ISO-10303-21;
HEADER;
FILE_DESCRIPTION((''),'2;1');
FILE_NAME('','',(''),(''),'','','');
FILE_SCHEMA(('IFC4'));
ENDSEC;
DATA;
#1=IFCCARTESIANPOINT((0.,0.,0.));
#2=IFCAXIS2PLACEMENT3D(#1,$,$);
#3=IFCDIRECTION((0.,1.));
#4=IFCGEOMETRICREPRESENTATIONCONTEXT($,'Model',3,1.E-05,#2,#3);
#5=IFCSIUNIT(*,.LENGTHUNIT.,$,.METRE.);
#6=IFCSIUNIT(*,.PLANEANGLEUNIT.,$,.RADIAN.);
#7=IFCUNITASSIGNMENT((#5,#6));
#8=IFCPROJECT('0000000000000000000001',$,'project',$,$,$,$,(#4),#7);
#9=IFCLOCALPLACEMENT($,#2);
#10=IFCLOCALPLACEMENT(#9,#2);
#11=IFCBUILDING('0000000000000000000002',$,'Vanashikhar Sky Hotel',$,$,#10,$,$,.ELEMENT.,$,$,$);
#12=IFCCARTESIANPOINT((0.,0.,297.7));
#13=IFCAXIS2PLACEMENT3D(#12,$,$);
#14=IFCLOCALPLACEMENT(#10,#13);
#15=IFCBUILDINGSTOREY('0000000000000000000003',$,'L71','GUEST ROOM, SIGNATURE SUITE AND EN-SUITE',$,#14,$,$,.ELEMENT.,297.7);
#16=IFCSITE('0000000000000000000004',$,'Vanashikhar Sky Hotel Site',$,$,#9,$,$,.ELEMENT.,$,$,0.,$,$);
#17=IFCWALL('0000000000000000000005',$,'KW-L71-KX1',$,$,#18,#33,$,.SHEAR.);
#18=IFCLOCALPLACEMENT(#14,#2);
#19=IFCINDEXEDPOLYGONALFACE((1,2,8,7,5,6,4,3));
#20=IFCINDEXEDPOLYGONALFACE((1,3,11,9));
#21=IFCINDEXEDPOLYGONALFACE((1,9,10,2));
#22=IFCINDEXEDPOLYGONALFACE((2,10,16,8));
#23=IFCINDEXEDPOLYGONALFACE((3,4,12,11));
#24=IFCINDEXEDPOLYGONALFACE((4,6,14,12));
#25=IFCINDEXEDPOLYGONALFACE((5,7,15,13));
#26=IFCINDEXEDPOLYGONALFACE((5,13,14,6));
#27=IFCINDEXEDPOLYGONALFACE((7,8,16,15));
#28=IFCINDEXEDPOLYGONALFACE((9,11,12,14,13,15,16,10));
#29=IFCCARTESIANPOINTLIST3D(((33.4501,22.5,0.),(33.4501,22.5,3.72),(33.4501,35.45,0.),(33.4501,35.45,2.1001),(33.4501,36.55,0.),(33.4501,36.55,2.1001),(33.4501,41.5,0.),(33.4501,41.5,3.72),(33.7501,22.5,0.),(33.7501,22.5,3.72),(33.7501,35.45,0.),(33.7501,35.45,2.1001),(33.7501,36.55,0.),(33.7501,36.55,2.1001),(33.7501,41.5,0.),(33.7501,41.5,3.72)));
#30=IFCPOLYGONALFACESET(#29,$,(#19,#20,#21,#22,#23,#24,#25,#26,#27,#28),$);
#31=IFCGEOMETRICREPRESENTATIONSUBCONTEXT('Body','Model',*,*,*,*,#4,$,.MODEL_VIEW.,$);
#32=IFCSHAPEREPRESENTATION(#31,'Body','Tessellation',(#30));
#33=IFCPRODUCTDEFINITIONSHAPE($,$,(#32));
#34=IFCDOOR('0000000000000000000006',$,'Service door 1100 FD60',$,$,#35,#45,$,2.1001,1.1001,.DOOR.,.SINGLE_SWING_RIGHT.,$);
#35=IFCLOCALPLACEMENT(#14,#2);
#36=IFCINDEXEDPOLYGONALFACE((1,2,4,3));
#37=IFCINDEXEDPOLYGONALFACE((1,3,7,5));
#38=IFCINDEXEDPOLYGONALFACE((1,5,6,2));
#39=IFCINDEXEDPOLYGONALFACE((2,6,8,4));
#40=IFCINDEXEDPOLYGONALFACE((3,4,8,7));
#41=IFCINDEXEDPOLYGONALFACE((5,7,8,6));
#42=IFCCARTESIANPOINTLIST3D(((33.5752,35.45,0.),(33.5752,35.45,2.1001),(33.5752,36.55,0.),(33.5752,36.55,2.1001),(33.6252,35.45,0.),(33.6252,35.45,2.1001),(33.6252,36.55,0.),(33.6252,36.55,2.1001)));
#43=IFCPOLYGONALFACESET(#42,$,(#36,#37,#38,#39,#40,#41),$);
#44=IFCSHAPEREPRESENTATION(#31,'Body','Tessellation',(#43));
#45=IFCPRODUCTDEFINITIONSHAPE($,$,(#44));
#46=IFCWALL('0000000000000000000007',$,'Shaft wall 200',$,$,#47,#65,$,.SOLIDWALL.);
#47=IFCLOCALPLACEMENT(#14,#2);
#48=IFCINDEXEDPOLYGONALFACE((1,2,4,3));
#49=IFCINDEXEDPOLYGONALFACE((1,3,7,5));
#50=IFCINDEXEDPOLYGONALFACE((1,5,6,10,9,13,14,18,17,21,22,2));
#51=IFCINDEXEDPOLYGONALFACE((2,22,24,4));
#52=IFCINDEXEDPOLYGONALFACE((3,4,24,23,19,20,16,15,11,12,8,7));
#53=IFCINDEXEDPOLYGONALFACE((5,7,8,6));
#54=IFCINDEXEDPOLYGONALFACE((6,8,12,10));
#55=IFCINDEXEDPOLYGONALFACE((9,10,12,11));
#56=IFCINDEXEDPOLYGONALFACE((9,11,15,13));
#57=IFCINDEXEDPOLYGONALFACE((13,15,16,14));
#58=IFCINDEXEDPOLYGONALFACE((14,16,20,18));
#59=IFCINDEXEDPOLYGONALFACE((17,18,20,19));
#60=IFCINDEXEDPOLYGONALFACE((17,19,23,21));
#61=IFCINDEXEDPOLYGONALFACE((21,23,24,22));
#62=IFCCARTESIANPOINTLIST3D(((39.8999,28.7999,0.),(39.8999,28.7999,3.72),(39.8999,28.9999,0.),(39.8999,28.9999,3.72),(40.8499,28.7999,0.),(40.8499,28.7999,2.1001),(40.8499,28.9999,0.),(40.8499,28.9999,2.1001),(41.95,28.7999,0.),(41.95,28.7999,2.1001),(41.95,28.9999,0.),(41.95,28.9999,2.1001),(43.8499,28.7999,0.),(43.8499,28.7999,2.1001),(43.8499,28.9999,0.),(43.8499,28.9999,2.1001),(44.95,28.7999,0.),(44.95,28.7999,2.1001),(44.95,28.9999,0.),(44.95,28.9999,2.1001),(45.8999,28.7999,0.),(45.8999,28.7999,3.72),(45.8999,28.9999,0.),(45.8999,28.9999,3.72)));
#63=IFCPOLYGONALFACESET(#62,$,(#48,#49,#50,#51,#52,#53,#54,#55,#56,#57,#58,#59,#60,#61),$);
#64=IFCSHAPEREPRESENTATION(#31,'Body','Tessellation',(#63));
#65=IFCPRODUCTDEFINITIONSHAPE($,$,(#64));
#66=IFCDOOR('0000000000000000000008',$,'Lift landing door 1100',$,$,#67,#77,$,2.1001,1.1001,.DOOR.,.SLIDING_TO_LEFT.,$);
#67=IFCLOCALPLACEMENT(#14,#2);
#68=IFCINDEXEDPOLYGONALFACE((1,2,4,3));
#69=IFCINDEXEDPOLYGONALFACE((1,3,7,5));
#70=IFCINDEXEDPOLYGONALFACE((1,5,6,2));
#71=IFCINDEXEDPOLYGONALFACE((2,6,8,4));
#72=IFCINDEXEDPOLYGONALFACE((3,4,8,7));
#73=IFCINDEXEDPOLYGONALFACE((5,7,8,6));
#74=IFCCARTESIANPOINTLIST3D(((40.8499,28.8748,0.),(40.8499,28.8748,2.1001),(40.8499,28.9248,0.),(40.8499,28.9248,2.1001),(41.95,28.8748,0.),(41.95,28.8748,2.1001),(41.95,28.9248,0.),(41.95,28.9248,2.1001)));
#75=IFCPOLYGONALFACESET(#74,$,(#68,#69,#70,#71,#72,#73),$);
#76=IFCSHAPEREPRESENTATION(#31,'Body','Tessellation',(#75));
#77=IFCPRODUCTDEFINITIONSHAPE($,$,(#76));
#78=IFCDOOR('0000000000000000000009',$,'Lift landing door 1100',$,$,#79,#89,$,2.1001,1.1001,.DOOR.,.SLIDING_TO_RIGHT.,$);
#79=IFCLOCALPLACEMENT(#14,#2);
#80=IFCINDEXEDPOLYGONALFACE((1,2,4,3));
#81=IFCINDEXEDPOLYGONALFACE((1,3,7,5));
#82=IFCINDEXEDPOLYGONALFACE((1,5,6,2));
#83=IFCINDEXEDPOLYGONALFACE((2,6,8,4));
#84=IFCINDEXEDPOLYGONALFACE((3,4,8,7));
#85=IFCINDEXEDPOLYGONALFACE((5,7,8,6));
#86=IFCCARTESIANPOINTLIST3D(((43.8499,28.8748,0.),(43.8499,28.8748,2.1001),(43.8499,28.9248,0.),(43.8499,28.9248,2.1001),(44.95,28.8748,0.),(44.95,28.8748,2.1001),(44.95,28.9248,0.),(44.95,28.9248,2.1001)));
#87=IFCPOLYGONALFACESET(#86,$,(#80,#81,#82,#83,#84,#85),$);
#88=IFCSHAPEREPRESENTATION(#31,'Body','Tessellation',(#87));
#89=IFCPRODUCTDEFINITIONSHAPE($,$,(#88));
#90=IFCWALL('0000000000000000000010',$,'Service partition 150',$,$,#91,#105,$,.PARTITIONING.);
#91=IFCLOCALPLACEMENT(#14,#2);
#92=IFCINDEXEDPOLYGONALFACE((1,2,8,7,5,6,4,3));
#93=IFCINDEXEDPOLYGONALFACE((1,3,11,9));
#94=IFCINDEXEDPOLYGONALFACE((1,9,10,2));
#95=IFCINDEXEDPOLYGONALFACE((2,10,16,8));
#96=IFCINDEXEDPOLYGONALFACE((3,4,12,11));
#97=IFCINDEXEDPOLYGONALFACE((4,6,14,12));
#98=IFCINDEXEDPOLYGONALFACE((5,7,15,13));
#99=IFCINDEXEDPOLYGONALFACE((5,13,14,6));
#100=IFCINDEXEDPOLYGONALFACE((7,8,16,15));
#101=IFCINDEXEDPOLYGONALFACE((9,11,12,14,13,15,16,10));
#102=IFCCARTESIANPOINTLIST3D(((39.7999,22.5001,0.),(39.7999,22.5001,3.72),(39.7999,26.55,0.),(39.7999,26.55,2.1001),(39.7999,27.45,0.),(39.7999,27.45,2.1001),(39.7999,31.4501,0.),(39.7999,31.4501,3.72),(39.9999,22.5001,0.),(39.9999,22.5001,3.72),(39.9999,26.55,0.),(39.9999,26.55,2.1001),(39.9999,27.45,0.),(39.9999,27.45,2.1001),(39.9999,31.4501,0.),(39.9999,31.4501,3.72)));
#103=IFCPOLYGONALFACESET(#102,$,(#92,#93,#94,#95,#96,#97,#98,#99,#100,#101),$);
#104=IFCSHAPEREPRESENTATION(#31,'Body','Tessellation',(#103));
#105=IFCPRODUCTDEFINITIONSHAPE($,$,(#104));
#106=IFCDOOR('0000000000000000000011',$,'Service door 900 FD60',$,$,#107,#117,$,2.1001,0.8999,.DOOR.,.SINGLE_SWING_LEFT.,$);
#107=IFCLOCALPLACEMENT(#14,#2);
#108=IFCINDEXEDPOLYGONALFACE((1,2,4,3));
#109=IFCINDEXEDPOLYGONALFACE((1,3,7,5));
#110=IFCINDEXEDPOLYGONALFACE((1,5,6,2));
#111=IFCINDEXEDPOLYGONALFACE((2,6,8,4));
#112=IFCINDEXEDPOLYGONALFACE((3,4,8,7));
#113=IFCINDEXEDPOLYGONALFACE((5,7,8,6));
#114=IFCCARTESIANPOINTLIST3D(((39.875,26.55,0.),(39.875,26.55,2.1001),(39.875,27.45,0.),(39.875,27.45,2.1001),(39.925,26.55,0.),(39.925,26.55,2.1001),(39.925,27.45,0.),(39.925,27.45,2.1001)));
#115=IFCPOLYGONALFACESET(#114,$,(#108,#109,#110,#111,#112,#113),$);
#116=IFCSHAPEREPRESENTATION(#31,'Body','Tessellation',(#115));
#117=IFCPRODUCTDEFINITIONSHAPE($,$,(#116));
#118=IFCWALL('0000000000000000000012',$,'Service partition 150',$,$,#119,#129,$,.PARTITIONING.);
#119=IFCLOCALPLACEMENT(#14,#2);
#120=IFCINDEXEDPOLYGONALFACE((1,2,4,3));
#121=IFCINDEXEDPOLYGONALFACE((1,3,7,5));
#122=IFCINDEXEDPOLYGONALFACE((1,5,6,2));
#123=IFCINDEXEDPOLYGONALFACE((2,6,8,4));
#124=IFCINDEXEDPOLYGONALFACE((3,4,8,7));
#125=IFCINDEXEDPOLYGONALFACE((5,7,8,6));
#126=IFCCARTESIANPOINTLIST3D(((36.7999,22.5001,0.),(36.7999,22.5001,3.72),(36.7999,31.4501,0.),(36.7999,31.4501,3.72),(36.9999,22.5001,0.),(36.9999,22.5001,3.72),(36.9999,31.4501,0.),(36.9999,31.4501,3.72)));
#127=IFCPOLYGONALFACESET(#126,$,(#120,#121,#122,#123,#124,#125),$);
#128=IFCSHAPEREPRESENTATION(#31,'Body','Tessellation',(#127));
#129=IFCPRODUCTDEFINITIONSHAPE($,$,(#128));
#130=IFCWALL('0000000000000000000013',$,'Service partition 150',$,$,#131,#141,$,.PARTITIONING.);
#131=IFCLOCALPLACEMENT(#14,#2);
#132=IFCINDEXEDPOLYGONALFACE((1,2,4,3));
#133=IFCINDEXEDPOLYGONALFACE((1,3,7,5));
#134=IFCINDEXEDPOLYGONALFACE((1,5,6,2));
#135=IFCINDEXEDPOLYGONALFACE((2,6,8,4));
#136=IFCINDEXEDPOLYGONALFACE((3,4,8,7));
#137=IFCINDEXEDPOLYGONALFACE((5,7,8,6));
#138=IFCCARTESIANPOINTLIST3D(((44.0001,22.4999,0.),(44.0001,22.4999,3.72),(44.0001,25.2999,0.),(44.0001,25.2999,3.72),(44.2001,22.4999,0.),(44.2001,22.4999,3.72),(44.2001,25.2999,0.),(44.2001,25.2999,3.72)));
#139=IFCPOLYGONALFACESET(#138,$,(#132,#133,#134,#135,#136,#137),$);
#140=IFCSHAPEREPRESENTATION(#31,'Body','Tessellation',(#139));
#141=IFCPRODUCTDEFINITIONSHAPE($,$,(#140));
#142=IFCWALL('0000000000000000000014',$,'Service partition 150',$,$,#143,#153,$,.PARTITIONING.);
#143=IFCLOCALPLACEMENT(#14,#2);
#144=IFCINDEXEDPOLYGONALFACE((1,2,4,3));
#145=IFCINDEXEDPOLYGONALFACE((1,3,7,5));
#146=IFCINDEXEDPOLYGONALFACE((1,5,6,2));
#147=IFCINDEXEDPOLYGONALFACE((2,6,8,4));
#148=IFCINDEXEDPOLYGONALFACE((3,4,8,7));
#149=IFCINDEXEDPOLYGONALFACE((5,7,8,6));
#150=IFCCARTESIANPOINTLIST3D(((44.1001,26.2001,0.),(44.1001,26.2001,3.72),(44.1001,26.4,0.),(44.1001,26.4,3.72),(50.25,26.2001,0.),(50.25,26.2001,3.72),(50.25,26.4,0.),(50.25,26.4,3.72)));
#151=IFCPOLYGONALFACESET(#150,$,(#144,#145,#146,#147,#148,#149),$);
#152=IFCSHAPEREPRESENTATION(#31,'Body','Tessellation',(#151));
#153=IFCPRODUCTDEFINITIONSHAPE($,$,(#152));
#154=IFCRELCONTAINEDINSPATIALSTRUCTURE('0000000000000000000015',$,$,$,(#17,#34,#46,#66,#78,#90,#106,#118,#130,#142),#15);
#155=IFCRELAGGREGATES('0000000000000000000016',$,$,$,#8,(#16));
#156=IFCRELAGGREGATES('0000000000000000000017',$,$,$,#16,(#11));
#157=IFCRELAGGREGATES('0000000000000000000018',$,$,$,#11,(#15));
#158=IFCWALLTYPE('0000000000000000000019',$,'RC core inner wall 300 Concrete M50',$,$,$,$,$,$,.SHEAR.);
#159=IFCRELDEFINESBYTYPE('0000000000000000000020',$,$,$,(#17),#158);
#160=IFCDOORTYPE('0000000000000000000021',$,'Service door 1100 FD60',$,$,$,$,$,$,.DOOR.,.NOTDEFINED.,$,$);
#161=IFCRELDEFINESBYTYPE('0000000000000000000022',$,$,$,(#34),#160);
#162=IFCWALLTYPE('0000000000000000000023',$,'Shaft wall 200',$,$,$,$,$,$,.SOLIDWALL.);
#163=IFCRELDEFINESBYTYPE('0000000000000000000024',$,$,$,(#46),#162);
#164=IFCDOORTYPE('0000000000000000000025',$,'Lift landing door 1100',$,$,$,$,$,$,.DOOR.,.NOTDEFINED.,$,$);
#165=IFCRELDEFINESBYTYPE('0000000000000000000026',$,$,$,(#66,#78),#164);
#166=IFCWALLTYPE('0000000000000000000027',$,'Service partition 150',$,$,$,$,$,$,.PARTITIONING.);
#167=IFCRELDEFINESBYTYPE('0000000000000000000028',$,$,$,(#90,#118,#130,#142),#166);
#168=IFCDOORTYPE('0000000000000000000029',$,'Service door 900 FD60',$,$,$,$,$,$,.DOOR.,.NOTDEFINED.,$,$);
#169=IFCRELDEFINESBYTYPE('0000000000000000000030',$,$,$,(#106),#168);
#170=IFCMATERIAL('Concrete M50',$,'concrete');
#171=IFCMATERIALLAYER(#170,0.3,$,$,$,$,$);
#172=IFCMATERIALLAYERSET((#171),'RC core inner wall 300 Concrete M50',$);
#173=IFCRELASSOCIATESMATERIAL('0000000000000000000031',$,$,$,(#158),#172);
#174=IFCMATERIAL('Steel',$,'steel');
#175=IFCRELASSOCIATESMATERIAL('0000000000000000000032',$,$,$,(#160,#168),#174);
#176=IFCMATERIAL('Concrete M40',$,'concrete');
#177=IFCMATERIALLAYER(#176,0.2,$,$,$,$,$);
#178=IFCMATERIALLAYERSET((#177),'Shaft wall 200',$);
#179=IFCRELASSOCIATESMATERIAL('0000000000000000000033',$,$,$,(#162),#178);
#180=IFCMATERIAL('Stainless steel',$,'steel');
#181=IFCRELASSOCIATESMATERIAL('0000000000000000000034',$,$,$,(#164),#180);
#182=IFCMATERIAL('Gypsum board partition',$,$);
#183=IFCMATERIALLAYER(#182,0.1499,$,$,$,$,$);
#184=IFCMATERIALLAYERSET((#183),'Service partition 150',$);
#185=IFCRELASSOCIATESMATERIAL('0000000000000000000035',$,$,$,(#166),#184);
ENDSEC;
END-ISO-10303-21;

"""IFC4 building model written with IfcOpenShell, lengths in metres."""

from ifc_helpers import new_model, si_unit, direction, frame, frame_2d, origin, place, context, subcontext, project, spatial, rectangle, extrude, source, transform, mapped, material, layer, layer_set, type_object, element, fill, save


model = new_model("IFC4")

# Units and contexts
model_context = context("Model", 3, precision=1e-05, world=origin(), true_north=direction((0.0, 1.0)))
body_context = subcontext(model_context, "Body", "Model", "MODEL_VIEW")
ifc_project = project(units=[si_unit("LENGTHUNIT", "METRE"), si_unit("PLANEANGLEUNIT", "RADIAN")], contexts=[model_context])

# Site, building, storey
site_placement = place(None, origin())
site = spatial("IfcSite", under=ifc_project, at=site_placement, Name="Vanashikhar Sky Hotel Site", CompositionType="ELEMENT", RefElevation=0.0)
building_placement = place(site_placement, origin())
building = spatial("IfcBuilding", under=site, at=building_placement, Name="Vanashikhar Sky Hotel", CompositionType="ELEMENT")
storey_placement = place(building_placement, frame((0.0, 0.0, 297.7)))
storey = spatial("IfcBuildingStorey", under=building, at=storey_placement, Name="L71", Description="GUEST ROOM, SIGNATURE SUITE AND EN-SUITE", CompositionType="ELEMENT", Elevation=297.7)

# Wall, opening, door
ifc_material_1 = material(Name="Concrete M50", Category="concrete")
ifc_layer_1 = layer(ifc_material_1, 0.3)
ifc_layer_set_1 = layer_set([ifc_layer_1], Name="RC core inner wall 300 Concrete M50")
wall_type_1 = type_object("IfcWallType", Name="RC core inner wall 300 Concrete M50", PredefinedType="SHEAR", material=ifc_layer_set_1)
shared_shape_1 = source(origin(), body_context, "Body", "SweptSolid", [
    extrude(rectangle(XDim=19.0, YDim=0.3, at=frame_2d((9.5, 0.0))), origin(), (0.0, 0.0, 1.0), 3.72),
])
wall_1_placement = place(storey_placement, frame((33.6001, 22.5, 0.0), z_axis=(0.0, 0.0, 1.0), x_axis=(0.0, 1.0, 0.0)))
wall_1 = element("IfcWall", 1, at=wall_1_placement, inside=storey, type_object=wall_type_1, Name="KW-L71-KX1", PredefinedType="SHEAR", context=body_context, shape_type="MappedRepresentation", body=[
    mapped(shared_shape_1, transform((0.0, 0.0, 0.0), scale=1.0)),
])
shared_shape_2 = source(origin(), body_context, "Body", "SweptSolid", [
    extrude(rectangle(XDim=1.1001, YDim=2.1001, at=frame_2d((0.55, 1.05))), frame((0.0, 0.1602, 0.0), z_axis=(0.0, -1.0, 0.0), x_axis=(1.0, 0.0, 0.0)), (0.0, 0.0, 1.0), 0.3201),
])
opening_1_placement = place(wall_1_placement, frame((12.95, 0.0, 0.0)))
opening_1 = element("IfcOpeningElement", 2, at=opening_1_placement, cuts=wall_1, PredefinedType="OPENING", context=body_context, shape_type="MappedRepresentation", body=[
    mapped(shared_shape_2, transform((0.0, 0.0, 0.0), scale=1.0)),
])
ifc_material_2 = material(Name="Steel", Category="steel")
door_type_1 = type_object("IfcDoorType", Name="Service door 1100 FD60", OperationType="NOTDEFINED", PredefinedType="DOOR", material=ifc_material_2)
shared_shape_3 = source(origin(), body_context, "Body", "SweptSolid", [
    extrude(rectangle(XDim=1.1001, YDim=2.1001, at=frame_2d((0.55, 1.05))), frame((0.0, 0.0249, 0.0), z_axis=(0.0, -1.0, 0.0), x_axis=(1.0, 0.0, 0.0)), (0.0, 0.0, 1.0), 0.05),
])
door_1_placement = place(opening_1_placement, origin())
door_1 = element("IfcDoor", 3, at=door_1_placement, inside=storey, type_object=door_type_1, Name="Service door 1100 FD60", OperationType="SINGLE_SWING_RIGHT", OverallHeight=2.1001, OverallWidth=1.1001, PredefinedType="DOOR", context=body_context, shape_type="MappedRepresentation", body=[
    mapped(shared_shape_3, transform((0.0, 0.0, 0.0), scale=1.0)),
])
fill(opening_1, door_1)

# Wall, openings, doors
ifc_material_3 = material(Name="Concrete M40", Category="concrete")
ifc_layer_2 = layer(ifc_material_3, 0.2)
ifc_layer_set_2 = layer_set([ifc_layer_2], Name="Shaft wall 200")
wall_type_2 = type_object("IfcWallType", Name="Shaft wall 200", PredefinedType="SOLIDWALL", material=ifc_layer_set_2)
shared_shape_4 = source(origin(), body_context, "Body", "SweptSolid", [
    extrude(rectangle(XDim=6.0, YDim=0.2, at=frame_2d((3.0, 0.0))), origin(), (0.0, 0.0, 1.0), 3.72),
])
wall_2_placement = place(storey_placement, frame((39.8999, 28.8999, 0.0), z_axis=(0.0, 0.0, 1.0), x_axis=(1.0, 0.0, 0.0)))
wall_2 = element("IfcWall", 4, at=wall_2_placement, inside=storey, type_object=wall_type_2, Name="Shaft wall 200", PredefinedType="SOLIDWALL", context=body_context, shape_type="MappedRepresentation", body=[
    mapped(shared_shape_4, transform((0.0, 0.0, 0.0), scale=1.0)),
])
shared_shape_5 = source(origin(), body_context, "Body", "SweptSolid", [
    extrude(rectangle(XDim=1.1001, YDim=2.1001, at=frame_2d((0.55, 1.05))), frame((0.0, 0.1099, 0.0), z_axis=(0.0, -1.0, 0.0), x_axis=(1.0, 0.0, 0.0)), (0.0, 0.0, 1.0), 0.22),
])
opening_2_placement = place(wall_2_placement, frame((0.95, 0.0, 0.0)))
opening_2 = element("IfcOpeningElement", 5, at=opening_2_placement, cuts=wall_2, PredefinedType="OPENING", context=body_context, shape_type="MappedRepresentation", body=[
    mapped(shared_shape_5, transform((0.0, 0.0, 0.0), scale=1.0)),
])
opening_3_placement = place(wall_2_placement, frame((3.95, 0.0, 0.0)))
opening_3 = element("IfcOpeningElement", 6, at=opening_3_placement, cuts=wall_2, PredefinedType="OPENING", context=body_context, shape_type="MappedRepresentation", body=[
    mapped(shared_shape_5, transform((0.0, 0.0, 0.0), scale=1.0)),
])
ifc_material_4 = material(Name="Stainless steel", Category="steel")
door_type_2 = type_object("IfcDoorType", Name="Lift landing door 1100", OperationType="NOTDEFINED", PredefinedType="DOOR", material=ifc_material_4)
door_2_placement = place(opening_2_placement, origin())
door_2 = element("IfcDoor", 7, at=door_2_placement, inside=storey, type_object=door_type_2, Name="Lift landing door 1100", OperationType="SLIDING_TO_LEFT", OverallHeight=2.1001, OverallWidth=1.1001, PredefinedType="DOOR", context=body_context, shape_type="MappedRepresentation", body=[
    mapped(shared_shape_3, transform((0.0, 0.0, 0.0), scale=1.0)),
])
fill(opening_2, door_2)
door_3_placement = place(opening_3_placement, origin())
door_3 = element("IfcDoor", 8, at=door_3_placement, inside=storey, type_object=door_type_2, Name="Lift landing door 1100", OperationType="SLIDING_TO_RIGHT", OverallHeight=2.1001, OverallWidth=1.1001, PredefinedType="DOOR", context=body_context, shape_type="MappedRepresentation", body=[
    mapped(shared_shape_3, transform((0.0, 0.0, 0.0), scale=1.0)),
])
fill(opening_3, door_3)

# Wall, opening, door
ifc_material_5 = material(Name="Gypsum board partition")
ifc_layer_3 = layer(ifc_material_5, 0.1499)
ifc_layer_set_3 = layer_set([ifc_layer_3], Name="Service partition 150")
wall_type_3 = type_object("IfcWallType", Name="Service partition 150", PredefinedType="PARTITIONING", material=ifc_layer_set_3)
shared_shape_6 = source(origin(), body_context, "Body", "SweptSolid", [
    extrude(rectangle(XDim=8.95, YDim=0.2, at=frame_2d((4.4751, 0.0))), origin(), (0.0, 0.0, 1.0), 3.72),
])
wall_3_placement = place(storey_placement, frame((39.8999, 22.5, 0.0), z_axis=(0.0, 0.0, 1.0), x_axis=(0.0, 1.0, 0.0)))
wall_3 = element("IfcWall", 9, at=wall_3_placement, inside=storey, type_object=wall_type_3, Name="Service partition 150", PredefinedType="PARTITIONING", context=body_context, shape_type="MappedRepresentation", body=[
    mapped(shared_shape_6, transform((0.0, 0.0, 0.0), scale=1.0)),
])
shared_shape_7 = source(origin(), body_context, "Body", "SweptSolid", [
    extrude(rectangle(XDim=0.8999, YDim=2.1001, at=frame_2d((0.45, 1.05))), frame((0.0, 0.1099, 0.0), z_axis=(0.0, -1.0, 0.0), x_axis=(1.0, 0.0, 0.0)), (0.0, 0.0, 1.0), 0.22),
])
opening_4_placement = place(wall_3_placement, frame((4.05, 0.0, 0.0)))
opening_4 = element("IfcOpeningElement", 10, at=opening_4_placement, cuts=wall_3, PredefinedType="OPENING", context=body_context, shape_type="MappedRepresentation", body=[
    mapped(shared_shape_7, transform((0.0, 0.0, 0.0), scale=1.0)),
])
door_type_3 = type_object("IfcDoorType", Name="Service door 900 FD60", OperationType="NOTDEFINED", PredefinedType="DOOR", material=ifc_material_2)
shared_shape_8 = source(origin(), body_context, "Body", "SweptSolid", [
    extrude(rectangle(XDim=0.8999, YDim=2.1001, at=frame_2d((0.45, 1.05))), frame((0.0, 0.0249, 0.0), z_axis=(0.0, -1.0, 0.0), x_axis=(1.0, 0.0, 0.0)), (0.0, 0.0, 1.0), 0.05),
])
door_4_placement = place(opening_4_placement, origin())
door_4 = element("IfcDoor", 11, at=door_4_placement, inside=storey, type_object=door_type_3, Name="Service door 900 FD60", OperationType="SINGLE_SWING_LEFT", OverallHeight=2.1001, OverallWidth=0.8999, PredefinedType="DOOR", context=body_context, shape_type="MappedRepresentation", body=[
    mapped(shared_shape_8, transform((0.0, 0.0, 0.0), scale=1.0)),
])
fill(opening_4, door_4)

# Walls
wall_4_placement = place(storey_placement, frame((36.8999, 22.5, 0.0), z_axis=(0.0, 0.0, 1.0), x_axis=(0.0, 1.0, 0.0)))
element("IfcWall", 12, at=wall_4_placement, inside=storey, type_object=wall_type_3, Name="Service partition 150", PredefinedType="PARTITIONING", context=body_context, shape_type="MappedRepresentation", body=[
    mapped(shared_shape_6, transform((0.0, 0.0, 0.0), scale=1.0)),
])
shared_shape_9 = source(origin(), body_context, "Body", "SweptSolid", [
    extrude(rectangle(XDim=2.8, YDim=0.2, at=frame_2d((1.3999, 0.0))), origin(), (0.0, 0.0, 1.0), 3.72),
])
wall_5_placement = place(storey_placement, frame((44.1001, 22.5, 0.0), z_axis=(0.0, 0.0, 1.0), x_axis=(0.0, 1.0, 0.0)))
element("IfcWall", 13, at=wall_5_placement, inside=storey, type_object=wall_type_3, Name="Service partition 150", PredefinedType="PARTITIONING", context=body_context, shape_type="MappedRepresentation", body=[
    mapped(shared_shape_9, transform((0.0, 0.0, 0.0), scale=1.0)),
])
shared_shape_10 = source(origin(), body_context, "Body", "SweptSolid", [
    extrude(rectangle(XDim=6.1499, YDim=0.2, at=frame_2d((3.075, 0.0))), origin(), (0.0, 0.0, 1.0), 3.72),
])
wall_6_placement = place(storey_placement, frame((44.1001, 26.3, 0.0), z_axis=(0.0, 0.0, 1.0), x_axis=(1.0, 0.0, 0.0)))
element("IfcWall", 14, at=wall_6_placement, inside=storey, type_object=wall_type_3, Name="Service partition 150", PredefinedType="PARTITIONING", context=body_context, shape_type="MappedRepresentation", body=[
    mapped(shared_shape_10, transform((0.0, 0.0, 0.0), scale=1.0)),
])

save(model, "model.ifc")
